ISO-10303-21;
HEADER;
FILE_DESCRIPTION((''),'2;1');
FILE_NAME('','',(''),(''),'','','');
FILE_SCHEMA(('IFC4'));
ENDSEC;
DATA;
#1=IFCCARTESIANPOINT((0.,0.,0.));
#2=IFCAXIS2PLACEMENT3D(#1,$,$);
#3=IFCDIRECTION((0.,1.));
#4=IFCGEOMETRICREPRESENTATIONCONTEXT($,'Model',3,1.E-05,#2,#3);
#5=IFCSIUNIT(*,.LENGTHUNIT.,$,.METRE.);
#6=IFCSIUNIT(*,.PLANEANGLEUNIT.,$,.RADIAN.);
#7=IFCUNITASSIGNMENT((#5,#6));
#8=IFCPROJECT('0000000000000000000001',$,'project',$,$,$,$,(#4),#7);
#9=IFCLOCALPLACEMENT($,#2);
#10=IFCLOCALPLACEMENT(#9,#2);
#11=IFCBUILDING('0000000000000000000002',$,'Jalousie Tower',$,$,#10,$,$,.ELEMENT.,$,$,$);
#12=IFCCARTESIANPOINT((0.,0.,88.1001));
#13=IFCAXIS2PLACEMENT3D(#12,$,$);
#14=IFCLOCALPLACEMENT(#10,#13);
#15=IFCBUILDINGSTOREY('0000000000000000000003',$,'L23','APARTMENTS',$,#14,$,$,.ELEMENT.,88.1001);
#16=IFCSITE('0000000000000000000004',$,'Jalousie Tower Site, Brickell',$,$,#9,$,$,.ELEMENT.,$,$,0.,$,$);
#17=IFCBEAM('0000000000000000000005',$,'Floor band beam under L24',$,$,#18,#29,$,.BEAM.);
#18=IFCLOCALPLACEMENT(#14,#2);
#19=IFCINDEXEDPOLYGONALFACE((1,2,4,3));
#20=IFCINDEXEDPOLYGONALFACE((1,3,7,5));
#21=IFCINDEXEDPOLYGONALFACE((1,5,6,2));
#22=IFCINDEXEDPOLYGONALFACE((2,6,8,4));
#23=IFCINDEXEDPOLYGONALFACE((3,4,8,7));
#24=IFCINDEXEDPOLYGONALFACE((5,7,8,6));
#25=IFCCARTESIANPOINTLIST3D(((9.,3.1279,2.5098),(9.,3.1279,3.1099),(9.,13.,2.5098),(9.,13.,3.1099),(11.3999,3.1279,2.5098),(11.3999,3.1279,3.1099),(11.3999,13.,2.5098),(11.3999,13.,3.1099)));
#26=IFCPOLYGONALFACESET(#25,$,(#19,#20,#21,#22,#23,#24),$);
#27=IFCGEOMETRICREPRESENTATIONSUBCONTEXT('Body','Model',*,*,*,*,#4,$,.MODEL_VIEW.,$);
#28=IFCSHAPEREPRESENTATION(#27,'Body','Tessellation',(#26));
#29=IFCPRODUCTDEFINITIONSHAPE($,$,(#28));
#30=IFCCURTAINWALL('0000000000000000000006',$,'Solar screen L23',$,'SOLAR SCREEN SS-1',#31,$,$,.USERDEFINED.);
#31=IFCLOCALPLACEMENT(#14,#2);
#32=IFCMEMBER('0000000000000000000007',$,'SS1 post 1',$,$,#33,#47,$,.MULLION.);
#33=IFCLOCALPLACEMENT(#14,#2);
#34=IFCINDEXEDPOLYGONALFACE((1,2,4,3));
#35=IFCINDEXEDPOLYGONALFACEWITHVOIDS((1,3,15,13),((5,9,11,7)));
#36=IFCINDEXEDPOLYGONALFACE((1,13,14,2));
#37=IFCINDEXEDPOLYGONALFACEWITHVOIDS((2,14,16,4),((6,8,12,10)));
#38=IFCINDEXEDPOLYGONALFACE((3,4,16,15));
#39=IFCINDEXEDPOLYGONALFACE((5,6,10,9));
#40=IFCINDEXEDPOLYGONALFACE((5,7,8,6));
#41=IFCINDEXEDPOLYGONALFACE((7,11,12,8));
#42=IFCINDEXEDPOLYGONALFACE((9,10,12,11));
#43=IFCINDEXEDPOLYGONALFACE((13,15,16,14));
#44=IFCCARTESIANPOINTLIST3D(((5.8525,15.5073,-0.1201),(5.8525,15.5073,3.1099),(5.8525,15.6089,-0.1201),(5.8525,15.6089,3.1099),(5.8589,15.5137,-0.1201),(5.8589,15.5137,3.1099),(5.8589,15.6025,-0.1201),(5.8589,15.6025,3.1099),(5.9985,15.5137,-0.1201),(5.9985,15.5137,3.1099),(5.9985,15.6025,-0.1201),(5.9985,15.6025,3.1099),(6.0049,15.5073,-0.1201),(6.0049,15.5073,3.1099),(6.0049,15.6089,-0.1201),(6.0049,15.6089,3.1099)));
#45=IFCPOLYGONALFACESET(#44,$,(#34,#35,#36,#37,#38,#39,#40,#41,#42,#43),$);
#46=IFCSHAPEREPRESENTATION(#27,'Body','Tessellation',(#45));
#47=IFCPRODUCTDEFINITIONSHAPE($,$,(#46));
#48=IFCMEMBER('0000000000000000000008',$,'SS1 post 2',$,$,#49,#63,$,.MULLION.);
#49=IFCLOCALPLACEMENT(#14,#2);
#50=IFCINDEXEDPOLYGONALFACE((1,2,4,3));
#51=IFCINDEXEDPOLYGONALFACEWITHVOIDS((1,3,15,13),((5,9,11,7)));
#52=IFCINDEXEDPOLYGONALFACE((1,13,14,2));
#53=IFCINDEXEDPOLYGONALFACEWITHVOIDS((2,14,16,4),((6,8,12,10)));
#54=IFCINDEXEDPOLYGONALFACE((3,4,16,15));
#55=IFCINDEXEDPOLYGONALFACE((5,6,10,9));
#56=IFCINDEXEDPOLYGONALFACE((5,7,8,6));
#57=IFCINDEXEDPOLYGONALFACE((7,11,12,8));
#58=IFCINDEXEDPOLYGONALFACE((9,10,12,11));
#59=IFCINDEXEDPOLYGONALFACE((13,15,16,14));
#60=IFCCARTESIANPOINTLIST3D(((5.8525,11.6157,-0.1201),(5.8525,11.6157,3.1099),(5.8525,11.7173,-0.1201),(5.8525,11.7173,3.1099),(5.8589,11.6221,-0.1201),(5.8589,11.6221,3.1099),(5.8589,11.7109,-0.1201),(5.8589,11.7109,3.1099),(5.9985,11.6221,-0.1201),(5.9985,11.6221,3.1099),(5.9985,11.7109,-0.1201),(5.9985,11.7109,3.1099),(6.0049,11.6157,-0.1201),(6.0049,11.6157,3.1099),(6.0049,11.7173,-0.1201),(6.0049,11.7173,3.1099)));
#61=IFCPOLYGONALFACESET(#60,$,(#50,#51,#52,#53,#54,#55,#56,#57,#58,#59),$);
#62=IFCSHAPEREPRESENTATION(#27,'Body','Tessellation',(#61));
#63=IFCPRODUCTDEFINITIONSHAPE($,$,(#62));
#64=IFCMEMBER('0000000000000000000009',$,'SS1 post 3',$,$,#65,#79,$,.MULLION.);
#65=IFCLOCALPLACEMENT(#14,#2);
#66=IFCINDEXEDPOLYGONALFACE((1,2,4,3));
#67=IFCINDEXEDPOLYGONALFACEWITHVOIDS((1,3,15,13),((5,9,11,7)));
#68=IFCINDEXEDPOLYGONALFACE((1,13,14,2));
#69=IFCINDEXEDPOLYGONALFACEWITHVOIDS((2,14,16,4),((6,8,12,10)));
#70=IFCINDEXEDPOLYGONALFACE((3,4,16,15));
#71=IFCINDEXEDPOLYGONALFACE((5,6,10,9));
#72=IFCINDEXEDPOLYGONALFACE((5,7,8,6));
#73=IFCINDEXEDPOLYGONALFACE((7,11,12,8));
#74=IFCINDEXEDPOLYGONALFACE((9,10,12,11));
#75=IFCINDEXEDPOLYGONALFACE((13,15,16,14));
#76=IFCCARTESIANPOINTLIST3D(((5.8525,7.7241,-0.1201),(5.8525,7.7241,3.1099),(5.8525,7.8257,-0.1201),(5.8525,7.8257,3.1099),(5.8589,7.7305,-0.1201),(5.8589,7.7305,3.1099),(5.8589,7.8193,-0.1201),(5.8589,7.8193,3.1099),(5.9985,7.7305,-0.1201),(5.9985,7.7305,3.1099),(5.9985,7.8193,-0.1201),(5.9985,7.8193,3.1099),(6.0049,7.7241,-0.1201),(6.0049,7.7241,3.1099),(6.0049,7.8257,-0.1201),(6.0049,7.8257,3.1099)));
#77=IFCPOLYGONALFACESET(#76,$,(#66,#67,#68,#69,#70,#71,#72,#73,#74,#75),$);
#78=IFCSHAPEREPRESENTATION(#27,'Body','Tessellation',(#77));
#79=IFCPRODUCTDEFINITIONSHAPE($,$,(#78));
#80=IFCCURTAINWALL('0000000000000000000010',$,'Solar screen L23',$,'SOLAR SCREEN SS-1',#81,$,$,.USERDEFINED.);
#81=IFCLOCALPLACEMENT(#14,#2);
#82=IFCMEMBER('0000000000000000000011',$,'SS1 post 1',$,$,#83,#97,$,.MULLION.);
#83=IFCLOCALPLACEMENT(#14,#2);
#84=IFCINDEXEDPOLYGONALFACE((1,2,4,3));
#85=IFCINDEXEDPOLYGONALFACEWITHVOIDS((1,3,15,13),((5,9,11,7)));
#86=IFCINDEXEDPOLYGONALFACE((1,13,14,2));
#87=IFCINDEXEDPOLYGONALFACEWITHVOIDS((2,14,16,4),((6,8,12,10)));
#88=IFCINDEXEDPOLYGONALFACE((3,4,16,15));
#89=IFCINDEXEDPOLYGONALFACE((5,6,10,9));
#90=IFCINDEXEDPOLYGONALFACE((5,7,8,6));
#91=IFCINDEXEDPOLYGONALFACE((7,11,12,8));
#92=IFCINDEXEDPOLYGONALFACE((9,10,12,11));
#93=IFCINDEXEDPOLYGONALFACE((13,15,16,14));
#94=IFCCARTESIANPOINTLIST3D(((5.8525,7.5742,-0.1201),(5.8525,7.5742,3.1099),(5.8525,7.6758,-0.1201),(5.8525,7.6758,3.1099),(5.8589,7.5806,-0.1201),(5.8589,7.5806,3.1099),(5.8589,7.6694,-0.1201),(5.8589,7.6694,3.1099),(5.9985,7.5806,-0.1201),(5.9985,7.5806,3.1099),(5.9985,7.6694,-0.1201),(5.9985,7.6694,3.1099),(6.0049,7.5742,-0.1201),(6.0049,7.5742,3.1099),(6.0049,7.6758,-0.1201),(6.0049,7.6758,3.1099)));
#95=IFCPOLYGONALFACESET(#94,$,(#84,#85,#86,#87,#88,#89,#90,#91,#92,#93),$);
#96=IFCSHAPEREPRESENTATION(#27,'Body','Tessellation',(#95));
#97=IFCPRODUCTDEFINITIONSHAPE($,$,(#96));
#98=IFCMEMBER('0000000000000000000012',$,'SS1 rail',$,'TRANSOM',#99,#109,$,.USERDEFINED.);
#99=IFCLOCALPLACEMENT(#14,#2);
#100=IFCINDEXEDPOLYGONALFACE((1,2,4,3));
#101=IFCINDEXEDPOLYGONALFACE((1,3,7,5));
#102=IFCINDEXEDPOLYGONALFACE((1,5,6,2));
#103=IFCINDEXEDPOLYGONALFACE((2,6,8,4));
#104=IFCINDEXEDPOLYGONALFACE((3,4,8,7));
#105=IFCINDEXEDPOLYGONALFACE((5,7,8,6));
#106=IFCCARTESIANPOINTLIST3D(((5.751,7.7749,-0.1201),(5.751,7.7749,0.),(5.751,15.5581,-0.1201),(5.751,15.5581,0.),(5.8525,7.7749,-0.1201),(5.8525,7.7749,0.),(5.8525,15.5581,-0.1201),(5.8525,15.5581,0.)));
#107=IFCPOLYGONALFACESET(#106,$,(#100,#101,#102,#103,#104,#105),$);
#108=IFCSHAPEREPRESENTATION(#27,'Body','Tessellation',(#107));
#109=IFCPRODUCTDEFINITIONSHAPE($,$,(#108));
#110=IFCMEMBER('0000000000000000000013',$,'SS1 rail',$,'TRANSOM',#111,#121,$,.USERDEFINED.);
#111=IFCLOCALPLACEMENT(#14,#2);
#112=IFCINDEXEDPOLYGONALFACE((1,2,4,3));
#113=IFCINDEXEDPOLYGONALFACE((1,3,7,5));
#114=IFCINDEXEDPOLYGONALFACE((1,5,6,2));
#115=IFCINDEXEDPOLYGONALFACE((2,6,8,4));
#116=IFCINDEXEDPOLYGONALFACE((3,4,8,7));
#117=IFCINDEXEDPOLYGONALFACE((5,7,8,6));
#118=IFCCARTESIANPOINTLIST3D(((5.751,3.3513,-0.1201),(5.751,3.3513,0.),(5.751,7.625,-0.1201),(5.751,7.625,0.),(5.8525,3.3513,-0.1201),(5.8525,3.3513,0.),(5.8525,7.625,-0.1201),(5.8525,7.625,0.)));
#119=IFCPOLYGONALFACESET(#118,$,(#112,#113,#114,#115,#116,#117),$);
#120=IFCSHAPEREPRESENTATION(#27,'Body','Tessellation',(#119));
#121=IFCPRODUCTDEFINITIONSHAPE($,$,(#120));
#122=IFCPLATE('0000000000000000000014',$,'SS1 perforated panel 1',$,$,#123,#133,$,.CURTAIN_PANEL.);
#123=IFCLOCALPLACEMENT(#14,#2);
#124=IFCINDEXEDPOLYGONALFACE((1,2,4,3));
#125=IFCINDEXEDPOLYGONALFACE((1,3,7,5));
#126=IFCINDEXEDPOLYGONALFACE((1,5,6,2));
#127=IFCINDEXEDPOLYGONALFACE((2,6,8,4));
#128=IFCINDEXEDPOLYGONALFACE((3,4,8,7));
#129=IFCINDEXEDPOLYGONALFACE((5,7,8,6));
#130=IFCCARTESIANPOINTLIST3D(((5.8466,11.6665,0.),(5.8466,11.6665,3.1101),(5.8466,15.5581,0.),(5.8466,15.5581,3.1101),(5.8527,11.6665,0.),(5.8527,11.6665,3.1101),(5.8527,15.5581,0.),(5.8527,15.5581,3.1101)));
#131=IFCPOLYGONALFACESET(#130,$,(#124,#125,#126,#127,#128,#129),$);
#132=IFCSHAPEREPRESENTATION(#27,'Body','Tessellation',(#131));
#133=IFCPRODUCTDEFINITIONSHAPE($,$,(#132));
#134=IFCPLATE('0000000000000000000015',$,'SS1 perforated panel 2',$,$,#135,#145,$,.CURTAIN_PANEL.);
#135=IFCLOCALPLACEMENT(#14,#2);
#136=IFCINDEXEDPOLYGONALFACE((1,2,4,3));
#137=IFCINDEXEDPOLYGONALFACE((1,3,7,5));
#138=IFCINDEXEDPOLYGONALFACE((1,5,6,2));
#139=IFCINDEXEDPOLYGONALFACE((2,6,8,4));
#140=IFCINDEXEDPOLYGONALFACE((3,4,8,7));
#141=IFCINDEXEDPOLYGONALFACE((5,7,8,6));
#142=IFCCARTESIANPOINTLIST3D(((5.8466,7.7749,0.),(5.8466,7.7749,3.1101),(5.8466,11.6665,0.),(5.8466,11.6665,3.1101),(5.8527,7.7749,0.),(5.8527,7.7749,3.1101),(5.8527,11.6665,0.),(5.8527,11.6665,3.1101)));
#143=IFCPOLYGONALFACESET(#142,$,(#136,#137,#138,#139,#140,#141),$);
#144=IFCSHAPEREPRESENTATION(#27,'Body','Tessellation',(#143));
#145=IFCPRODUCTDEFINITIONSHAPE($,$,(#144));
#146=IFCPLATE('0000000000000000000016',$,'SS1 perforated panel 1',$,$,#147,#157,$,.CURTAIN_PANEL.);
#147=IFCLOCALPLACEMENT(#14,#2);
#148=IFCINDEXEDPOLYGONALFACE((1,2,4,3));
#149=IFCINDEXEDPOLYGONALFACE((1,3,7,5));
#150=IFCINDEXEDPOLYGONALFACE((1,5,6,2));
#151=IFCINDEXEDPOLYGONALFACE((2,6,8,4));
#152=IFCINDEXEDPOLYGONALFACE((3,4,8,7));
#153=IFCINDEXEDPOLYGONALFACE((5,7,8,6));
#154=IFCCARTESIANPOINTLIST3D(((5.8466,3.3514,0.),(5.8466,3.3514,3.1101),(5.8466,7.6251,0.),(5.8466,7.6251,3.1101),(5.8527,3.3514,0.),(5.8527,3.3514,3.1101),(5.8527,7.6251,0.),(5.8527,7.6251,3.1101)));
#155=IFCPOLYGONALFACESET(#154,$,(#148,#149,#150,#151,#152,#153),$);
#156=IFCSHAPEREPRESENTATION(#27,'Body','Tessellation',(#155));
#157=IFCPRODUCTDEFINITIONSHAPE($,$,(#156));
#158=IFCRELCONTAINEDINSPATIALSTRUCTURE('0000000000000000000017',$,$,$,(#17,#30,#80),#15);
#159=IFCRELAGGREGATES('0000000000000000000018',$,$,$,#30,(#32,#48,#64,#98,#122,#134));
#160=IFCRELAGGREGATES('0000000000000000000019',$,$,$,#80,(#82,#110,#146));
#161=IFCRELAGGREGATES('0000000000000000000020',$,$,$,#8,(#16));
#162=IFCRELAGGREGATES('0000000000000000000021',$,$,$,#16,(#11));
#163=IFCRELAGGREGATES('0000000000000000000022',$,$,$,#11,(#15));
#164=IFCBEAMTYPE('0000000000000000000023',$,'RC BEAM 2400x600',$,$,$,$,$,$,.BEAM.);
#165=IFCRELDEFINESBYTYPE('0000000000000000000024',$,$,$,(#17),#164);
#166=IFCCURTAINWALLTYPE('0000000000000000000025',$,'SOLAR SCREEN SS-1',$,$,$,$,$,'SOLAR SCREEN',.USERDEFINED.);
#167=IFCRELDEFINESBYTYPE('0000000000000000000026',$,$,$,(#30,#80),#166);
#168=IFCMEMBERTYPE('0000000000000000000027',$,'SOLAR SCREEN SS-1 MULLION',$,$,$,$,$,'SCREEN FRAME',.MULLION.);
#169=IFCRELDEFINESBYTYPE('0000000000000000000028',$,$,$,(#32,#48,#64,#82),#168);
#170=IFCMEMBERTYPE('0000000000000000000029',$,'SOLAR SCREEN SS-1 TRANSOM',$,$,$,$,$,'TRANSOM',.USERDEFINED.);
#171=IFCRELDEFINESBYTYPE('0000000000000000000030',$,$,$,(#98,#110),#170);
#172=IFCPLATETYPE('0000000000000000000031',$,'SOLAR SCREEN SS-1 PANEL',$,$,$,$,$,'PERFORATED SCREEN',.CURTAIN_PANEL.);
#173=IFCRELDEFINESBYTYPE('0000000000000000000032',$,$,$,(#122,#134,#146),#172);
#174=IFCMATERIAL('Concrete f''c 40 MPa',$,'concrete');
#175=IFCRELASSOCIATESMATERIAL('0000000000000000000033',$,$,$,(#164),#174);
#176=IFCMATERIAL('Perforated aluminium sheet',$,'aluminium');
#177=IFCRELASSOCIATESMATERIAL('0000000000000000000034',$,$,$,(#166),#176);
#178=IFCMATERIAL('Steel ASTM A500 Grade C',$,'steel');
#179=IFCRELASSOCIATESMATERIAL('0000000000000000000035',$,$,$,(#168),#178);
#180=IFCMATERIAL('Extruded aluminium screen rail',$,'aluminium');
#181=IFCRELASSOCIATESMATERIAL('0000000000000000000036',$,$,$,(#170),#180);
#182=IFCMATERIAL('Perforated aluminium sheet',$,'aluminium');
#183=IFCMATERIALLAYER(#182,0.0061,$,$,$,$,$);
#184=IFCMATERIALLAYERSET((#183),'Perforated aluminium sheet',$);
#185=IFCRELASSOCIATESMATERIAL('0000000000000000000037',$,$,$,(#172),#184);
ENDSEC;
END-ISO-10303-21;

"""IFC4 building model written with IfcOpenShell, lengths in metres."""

from ifc_helpers import new_model, si_unit, direction, frame, origin, origin_2d, place, context, subcontext, project, spatial, rectangle, hollow_rectangle, extrude, material, layer, layer_set, material_profile, profile_set, type_object, element, aggregate, save


model = new_model("IFC4")

# Units and contexts
model_context = context("Model", 3, precision=1e-05, world=origin(), true_north=direction((0.0, 1.0)))
body_context = subcontext(model_context, "Body", "Model", "MODEL_VIEW")
ifc_project = project(units=[si_unit("LENGTHUNIT", "METRE"), si_unit("PLANEANGLEUNIT", "RADIAN")], contexts=[model_context])

# Site, building, storey
site_placement = place(None, origin())
site = spatial("IfcSite", under=ifc_project, at=site_placement, Name="Jalousie Tower Site, Brickell", CompositionType="ELEMENT", RefElevation=0.0)
building_placement = place(site_placement, origin())
building = spatial("IfcBuilding", under=site, at=building_placement, Name="Jalousie Tower", CompositionType="ELEMENT")
storey_placement = place(building_placement, frame((0.0, 0.0, 88.1001)))
storey = spatial("IfcBuildingStorey", under=building, at=storey_placement, Name="L23", Description="APARTMENTS", CompositionType="ELEMENT", Elevation=88.1001)

# Beam
ifc_material_1 = material(Name="Concrete f'c 40 MPa", Category="concrete")
ifc_material_profile_1 = material_profile(ifc_material_1, rectangle(XDim=2.3999, YDim=0.6001, at=origin_2d()), Name="RC 2400x600")
ifc_profile_set_1 = profile_set([ifc_material_profile_1], Name="Concrete f'c 40 MPa")
beam_type_1 = type_object("IfcBeamType", Name="RC BEAM 2400x600", PredefinedType="BEAM", material=ifc_profile_set_1)
beam_1_placement = place(storey_placement, frame((10.2, 13.0, 2.8098), z_axis=(0.0, -1.0, 0.0), x_axis=(1.0, 0.0, 0.0)))
element("IfcBeam", 1, at=beam_1_placement, inside=storey, type_object=beam_type_1, Name="Floor band beam under L24", PredefinedType="BEAM", context=body_context, shape_type="SweptSolid", body=[
    extrude(rectangle(XDim=2.3999, YDim=0.6001, at=origin_2d()), origin(), (0.0, 0.0, 1.0), 9.8721),
])

# Curtain wall, members
ifc_material_2 = material(Name="Perforated aluminium sheet", Category="aluminium")
curtain_wall_type = type_object("IfcCurtainWallType", Name="SOLAR SCREEN SS-1", ElementType="SOLAR SCREEN", PredefinedType="USERDEFINED", material=ifc_material_2)
curtain_wall_1_placement = place(storey_placement, origin())
curtain_wall_1 = element("IfcCurtainWall", 2, at=curtain_wall_1_placement, inside=storey, type_object=curtain_wall_type, Name="Solar screen L23", ObjectType="SOLAR SCREEN SS-1", PredefinedType="USERDEFINED")
ifc_material_3 = material(Name="Steel ASTM A500 Grade C", Category="steel")
ifc_material_profile_2 = material_profile(ifc_material_3, hollow_rectangle(XDim=0.1016, YDim=0.1523, WallThickness=0.0063, at=origin_2d()), Name="HSS6X4X1/4")
ifc_profile_set_2 = profile_set([ifc_material_profile_2], Name="Steel ASTM A500 Grade C")
member_type_1 = type_object("IfcMemberType", Name="SOLAR SCREEN SS-1 MULLION", ElementType="SCREEN FRAME", PredefinedType="MULLION", material=ifc_profile_set_2)
member_1_placement = place(storey_placement, frame((5.9287, 15.5581, -0.1201), z_axis=(0.0, 0.0, 1.0), x_axis=(0.0, -1.0, 0.0)))
member_1 = element("IfcMember", 3, at=member_1_placement, type_object=member_type_1, Name="SS1 post 1", PredefinedType="MULLION", context=body_context, shape_type="SweptSolid", body=[
    extrude(hollow_rectangle(XDim=0.1016, YDim=0.1523, WallThickness=0.0063, at=origin_2d()), origin(), (0.0, 0.0, 1.0), 3.23),
])
member_2_placement = place(storey_placement, frame((5.9287, 11.6665, -0.1201), z_axis=(0.0, 0.0, 1.0), x_axis=(0.0, -1.0, 0.0)))
member_2 = element("IfcMember", 4, at=member_2_placement, type_object=member_type_1, Name="SS1 post 2", PredefinedType="MULLION", context=body_context, shape_type="SweptSolid", body=[
    extrude(hollow_rectangle(XDim=0.1016, YDim=0.1523, WallThickness=0.0063, at=origin_2d()), origin(), (0.0, 0.0, 1.0), 3.23),
])
member_3_placement = place(storey_placement, frame((5.9287, 7.7749, -0.1201), z_axis=(0.0, 0.0, 1.0), x_axis=(0.0, -1.0, 0.0)))
member_3 = element("IfcMember", 5, at=member_3_placement, type_object=member_type_1, Name="SS1 post 3", PredefinedType="MULLION", context=body_context, shape_type="SweptSolid", body=[
    extrude(hollow_rectangle(XDim=0.1016, YDim=0.1523, WallThickness=0.0063, at=origin_2d()), origin(), (0.0, 0.0, 1.0), 3.23),
])

# Curtain wall, member
curtain_wall_2_placement = place(storey_placement, origin())
curtain_wall_2 = element("IfcCurtainWall", 6, at=curtain_wall_2_placement, inside=storey, type_object=curtain_wall_type, Name="Solar screen L23", ObjectType="SOLAR SCREEN SS-1", PredefinedType="USERDEFINED")
member_4_placement = place(storey_placement, frame((5.9287, 7.625, -0.1201), z_axis=(0.0, 0.0, 1.0), x_axis=(0.0, -1.0, 0.0)))
member_4 = element("IfcMember", 7, at=member_4_placement, type_object=member_type_1, Name="SS1 post 1", PredefinedType="MULLION", context=body_context, shape_type="SweptSolid", body=[
    extrude(hollow_rectangle(XDim=0.1016, YDim=0.1523, WallThickness=0.0063, at=origin_2d()), origin(), (0.0, 0.0, 1.0), 3.23),
])

# Members
ifc_material_4 = material(Name="Extruded aluminium screen rail", Category="aluminium")
ifc_material_profile_3 = material_profile(ifc_material_4, rectangle(XDim=0.1016, YDim=0.1201, at=origin_2d()), Name="RAIL 102x120")
ifc_profile_set_3 = profile_set([ifc_material_profile_3], Name="Extruded aluminium screen rail")
member_type_2 = type_object("IfcMemberType", Name="SOLAR SCREEN SS-1 TRANSOM", ElementType="TRANSOM", PredefinedType="USERDEFINED", material=ifc_profile_set_3)
member_5_placement = place(storey_placement, frame((5.8018, 15.5581, -0.0601), z_axis=(0.0, -1.0, 0.0), x_axis=(1.0, 0.0, 0.0)))
member_5 = element("IfcMember", 8, at=member_5_placement, type_object=member_type_2, Name="SS1 rail", ObjectType="TRANSOM", PredefinedType="USERDEFINED", context=body_context, shape_type="SweptSolid", body=[
    extrude(rectangle(XDim=0.1016, YDim=0.1201, at=origin_2d()), origin(), (0.0, 0.0, 1.0), 7.7832),
])
member_6_placement = place(storey_placement, frame((5.8018, 7.625, -0.0601), z_axis=(0.0, -1.0, 0.0), x_axis=(1.0, 0.0, 0.0)))
member_6 = element("IfcMember", 9, at=member_6_placement, type_object=member_type_2, Name="SS1 rail", ObjectType="TRANSOM", PredefinedType="USERDEFINED", context=body_context, shape_type="SweptSolid", body=[
    extrude(rectangle(XDim=0.1016, YDim=0.1201, at=origin_2d()), origin(), (0.0, 0.0, 1.0), 4.2737),
])

# Plates
ifc_material_5 = material(Name="Perforated aluminium sheet", Category="aluminium")
ifc_layer_1 = layer(ifc_material_5, 0.0061)
ifc_layer_set_1 = layer_set([ifc_layer_1], Name="Perforated aluminium sheet")
plate_type = type_object("IfcPlateType", Name="SOLAR SCREEN SS-1 PANEL", ElementType="PERFORATED SCREEN", PredefinedType="CURTAIN_PANEL", material=ifc_layer_set_1)
plate_1_placement = place(storey_placement, frame((5.8496, 13.6123, 0.0), z_axis=(0.0, 0.0, 1.0), x_axis=(0.0, -1.0, 0.0)))
plate_1 = element("IfcPlate", 10, at=plate_1_placement, type_object=plate_type, Name="SS1 perforated panel 1", PredefinedType="CURTAIN_PANEL", context=body_context, shape_type="SweptSolid", body=[
    extrude(rectangle(XDim=3.8916, YDim=0.0061, at=origin_2d()), origin(), (0.0, 0.0, 1.0), 3.1101),
])
plate_2_placement = place(storey_placement, frame((5.8496, 9.7207, 0.0), z_axis=(0.0, 0.0, 1.0), x_axis=(0.0, -1.0, 0.0)))
plate_2 = element("IfcPlate", 11, at=plate_2_placement, type_object=plate_type, Name="SS1 perforated panel 2", PredefinedType="CURTAIN_PANEL", context=body_context, shape_type="SweptSolid", body=[
    extrude(rectangle(XDim=3.8916, YDim=0.0061, at=origin_2d()), origin(), (0.0, 0.0, 1.0), 3.1101),
])
aggregate(curtain_wall_1, [member_1, member_2, member_3, member_5, plate_1, plate_2])
plate_3_placement = place(storey_placement, frame((5.8496, 5.4883, 0.0), z_axis=(0.0, 0.0, 1.0), x_axis=(0.0, -1.0, 0.0)))
plate_3 = element("IfcPlate", 12, at=plate_3_placement, type_object=plate_type, Name="SS1 perforated panel 1", PredefinedType="CURTAIN_PANEL", context=body_context, shape_type="SweptSolid", body=[
    extrude(rectangle(XDim=4.2737, YDim=0.0061, at=origin_2d()), origin(), (0.0, 0.0, 1.0), 3.1101),
])
aggregate(curtain_wall_2, [member_4, member_6, plate_3])

save(model, "model.ifc")
